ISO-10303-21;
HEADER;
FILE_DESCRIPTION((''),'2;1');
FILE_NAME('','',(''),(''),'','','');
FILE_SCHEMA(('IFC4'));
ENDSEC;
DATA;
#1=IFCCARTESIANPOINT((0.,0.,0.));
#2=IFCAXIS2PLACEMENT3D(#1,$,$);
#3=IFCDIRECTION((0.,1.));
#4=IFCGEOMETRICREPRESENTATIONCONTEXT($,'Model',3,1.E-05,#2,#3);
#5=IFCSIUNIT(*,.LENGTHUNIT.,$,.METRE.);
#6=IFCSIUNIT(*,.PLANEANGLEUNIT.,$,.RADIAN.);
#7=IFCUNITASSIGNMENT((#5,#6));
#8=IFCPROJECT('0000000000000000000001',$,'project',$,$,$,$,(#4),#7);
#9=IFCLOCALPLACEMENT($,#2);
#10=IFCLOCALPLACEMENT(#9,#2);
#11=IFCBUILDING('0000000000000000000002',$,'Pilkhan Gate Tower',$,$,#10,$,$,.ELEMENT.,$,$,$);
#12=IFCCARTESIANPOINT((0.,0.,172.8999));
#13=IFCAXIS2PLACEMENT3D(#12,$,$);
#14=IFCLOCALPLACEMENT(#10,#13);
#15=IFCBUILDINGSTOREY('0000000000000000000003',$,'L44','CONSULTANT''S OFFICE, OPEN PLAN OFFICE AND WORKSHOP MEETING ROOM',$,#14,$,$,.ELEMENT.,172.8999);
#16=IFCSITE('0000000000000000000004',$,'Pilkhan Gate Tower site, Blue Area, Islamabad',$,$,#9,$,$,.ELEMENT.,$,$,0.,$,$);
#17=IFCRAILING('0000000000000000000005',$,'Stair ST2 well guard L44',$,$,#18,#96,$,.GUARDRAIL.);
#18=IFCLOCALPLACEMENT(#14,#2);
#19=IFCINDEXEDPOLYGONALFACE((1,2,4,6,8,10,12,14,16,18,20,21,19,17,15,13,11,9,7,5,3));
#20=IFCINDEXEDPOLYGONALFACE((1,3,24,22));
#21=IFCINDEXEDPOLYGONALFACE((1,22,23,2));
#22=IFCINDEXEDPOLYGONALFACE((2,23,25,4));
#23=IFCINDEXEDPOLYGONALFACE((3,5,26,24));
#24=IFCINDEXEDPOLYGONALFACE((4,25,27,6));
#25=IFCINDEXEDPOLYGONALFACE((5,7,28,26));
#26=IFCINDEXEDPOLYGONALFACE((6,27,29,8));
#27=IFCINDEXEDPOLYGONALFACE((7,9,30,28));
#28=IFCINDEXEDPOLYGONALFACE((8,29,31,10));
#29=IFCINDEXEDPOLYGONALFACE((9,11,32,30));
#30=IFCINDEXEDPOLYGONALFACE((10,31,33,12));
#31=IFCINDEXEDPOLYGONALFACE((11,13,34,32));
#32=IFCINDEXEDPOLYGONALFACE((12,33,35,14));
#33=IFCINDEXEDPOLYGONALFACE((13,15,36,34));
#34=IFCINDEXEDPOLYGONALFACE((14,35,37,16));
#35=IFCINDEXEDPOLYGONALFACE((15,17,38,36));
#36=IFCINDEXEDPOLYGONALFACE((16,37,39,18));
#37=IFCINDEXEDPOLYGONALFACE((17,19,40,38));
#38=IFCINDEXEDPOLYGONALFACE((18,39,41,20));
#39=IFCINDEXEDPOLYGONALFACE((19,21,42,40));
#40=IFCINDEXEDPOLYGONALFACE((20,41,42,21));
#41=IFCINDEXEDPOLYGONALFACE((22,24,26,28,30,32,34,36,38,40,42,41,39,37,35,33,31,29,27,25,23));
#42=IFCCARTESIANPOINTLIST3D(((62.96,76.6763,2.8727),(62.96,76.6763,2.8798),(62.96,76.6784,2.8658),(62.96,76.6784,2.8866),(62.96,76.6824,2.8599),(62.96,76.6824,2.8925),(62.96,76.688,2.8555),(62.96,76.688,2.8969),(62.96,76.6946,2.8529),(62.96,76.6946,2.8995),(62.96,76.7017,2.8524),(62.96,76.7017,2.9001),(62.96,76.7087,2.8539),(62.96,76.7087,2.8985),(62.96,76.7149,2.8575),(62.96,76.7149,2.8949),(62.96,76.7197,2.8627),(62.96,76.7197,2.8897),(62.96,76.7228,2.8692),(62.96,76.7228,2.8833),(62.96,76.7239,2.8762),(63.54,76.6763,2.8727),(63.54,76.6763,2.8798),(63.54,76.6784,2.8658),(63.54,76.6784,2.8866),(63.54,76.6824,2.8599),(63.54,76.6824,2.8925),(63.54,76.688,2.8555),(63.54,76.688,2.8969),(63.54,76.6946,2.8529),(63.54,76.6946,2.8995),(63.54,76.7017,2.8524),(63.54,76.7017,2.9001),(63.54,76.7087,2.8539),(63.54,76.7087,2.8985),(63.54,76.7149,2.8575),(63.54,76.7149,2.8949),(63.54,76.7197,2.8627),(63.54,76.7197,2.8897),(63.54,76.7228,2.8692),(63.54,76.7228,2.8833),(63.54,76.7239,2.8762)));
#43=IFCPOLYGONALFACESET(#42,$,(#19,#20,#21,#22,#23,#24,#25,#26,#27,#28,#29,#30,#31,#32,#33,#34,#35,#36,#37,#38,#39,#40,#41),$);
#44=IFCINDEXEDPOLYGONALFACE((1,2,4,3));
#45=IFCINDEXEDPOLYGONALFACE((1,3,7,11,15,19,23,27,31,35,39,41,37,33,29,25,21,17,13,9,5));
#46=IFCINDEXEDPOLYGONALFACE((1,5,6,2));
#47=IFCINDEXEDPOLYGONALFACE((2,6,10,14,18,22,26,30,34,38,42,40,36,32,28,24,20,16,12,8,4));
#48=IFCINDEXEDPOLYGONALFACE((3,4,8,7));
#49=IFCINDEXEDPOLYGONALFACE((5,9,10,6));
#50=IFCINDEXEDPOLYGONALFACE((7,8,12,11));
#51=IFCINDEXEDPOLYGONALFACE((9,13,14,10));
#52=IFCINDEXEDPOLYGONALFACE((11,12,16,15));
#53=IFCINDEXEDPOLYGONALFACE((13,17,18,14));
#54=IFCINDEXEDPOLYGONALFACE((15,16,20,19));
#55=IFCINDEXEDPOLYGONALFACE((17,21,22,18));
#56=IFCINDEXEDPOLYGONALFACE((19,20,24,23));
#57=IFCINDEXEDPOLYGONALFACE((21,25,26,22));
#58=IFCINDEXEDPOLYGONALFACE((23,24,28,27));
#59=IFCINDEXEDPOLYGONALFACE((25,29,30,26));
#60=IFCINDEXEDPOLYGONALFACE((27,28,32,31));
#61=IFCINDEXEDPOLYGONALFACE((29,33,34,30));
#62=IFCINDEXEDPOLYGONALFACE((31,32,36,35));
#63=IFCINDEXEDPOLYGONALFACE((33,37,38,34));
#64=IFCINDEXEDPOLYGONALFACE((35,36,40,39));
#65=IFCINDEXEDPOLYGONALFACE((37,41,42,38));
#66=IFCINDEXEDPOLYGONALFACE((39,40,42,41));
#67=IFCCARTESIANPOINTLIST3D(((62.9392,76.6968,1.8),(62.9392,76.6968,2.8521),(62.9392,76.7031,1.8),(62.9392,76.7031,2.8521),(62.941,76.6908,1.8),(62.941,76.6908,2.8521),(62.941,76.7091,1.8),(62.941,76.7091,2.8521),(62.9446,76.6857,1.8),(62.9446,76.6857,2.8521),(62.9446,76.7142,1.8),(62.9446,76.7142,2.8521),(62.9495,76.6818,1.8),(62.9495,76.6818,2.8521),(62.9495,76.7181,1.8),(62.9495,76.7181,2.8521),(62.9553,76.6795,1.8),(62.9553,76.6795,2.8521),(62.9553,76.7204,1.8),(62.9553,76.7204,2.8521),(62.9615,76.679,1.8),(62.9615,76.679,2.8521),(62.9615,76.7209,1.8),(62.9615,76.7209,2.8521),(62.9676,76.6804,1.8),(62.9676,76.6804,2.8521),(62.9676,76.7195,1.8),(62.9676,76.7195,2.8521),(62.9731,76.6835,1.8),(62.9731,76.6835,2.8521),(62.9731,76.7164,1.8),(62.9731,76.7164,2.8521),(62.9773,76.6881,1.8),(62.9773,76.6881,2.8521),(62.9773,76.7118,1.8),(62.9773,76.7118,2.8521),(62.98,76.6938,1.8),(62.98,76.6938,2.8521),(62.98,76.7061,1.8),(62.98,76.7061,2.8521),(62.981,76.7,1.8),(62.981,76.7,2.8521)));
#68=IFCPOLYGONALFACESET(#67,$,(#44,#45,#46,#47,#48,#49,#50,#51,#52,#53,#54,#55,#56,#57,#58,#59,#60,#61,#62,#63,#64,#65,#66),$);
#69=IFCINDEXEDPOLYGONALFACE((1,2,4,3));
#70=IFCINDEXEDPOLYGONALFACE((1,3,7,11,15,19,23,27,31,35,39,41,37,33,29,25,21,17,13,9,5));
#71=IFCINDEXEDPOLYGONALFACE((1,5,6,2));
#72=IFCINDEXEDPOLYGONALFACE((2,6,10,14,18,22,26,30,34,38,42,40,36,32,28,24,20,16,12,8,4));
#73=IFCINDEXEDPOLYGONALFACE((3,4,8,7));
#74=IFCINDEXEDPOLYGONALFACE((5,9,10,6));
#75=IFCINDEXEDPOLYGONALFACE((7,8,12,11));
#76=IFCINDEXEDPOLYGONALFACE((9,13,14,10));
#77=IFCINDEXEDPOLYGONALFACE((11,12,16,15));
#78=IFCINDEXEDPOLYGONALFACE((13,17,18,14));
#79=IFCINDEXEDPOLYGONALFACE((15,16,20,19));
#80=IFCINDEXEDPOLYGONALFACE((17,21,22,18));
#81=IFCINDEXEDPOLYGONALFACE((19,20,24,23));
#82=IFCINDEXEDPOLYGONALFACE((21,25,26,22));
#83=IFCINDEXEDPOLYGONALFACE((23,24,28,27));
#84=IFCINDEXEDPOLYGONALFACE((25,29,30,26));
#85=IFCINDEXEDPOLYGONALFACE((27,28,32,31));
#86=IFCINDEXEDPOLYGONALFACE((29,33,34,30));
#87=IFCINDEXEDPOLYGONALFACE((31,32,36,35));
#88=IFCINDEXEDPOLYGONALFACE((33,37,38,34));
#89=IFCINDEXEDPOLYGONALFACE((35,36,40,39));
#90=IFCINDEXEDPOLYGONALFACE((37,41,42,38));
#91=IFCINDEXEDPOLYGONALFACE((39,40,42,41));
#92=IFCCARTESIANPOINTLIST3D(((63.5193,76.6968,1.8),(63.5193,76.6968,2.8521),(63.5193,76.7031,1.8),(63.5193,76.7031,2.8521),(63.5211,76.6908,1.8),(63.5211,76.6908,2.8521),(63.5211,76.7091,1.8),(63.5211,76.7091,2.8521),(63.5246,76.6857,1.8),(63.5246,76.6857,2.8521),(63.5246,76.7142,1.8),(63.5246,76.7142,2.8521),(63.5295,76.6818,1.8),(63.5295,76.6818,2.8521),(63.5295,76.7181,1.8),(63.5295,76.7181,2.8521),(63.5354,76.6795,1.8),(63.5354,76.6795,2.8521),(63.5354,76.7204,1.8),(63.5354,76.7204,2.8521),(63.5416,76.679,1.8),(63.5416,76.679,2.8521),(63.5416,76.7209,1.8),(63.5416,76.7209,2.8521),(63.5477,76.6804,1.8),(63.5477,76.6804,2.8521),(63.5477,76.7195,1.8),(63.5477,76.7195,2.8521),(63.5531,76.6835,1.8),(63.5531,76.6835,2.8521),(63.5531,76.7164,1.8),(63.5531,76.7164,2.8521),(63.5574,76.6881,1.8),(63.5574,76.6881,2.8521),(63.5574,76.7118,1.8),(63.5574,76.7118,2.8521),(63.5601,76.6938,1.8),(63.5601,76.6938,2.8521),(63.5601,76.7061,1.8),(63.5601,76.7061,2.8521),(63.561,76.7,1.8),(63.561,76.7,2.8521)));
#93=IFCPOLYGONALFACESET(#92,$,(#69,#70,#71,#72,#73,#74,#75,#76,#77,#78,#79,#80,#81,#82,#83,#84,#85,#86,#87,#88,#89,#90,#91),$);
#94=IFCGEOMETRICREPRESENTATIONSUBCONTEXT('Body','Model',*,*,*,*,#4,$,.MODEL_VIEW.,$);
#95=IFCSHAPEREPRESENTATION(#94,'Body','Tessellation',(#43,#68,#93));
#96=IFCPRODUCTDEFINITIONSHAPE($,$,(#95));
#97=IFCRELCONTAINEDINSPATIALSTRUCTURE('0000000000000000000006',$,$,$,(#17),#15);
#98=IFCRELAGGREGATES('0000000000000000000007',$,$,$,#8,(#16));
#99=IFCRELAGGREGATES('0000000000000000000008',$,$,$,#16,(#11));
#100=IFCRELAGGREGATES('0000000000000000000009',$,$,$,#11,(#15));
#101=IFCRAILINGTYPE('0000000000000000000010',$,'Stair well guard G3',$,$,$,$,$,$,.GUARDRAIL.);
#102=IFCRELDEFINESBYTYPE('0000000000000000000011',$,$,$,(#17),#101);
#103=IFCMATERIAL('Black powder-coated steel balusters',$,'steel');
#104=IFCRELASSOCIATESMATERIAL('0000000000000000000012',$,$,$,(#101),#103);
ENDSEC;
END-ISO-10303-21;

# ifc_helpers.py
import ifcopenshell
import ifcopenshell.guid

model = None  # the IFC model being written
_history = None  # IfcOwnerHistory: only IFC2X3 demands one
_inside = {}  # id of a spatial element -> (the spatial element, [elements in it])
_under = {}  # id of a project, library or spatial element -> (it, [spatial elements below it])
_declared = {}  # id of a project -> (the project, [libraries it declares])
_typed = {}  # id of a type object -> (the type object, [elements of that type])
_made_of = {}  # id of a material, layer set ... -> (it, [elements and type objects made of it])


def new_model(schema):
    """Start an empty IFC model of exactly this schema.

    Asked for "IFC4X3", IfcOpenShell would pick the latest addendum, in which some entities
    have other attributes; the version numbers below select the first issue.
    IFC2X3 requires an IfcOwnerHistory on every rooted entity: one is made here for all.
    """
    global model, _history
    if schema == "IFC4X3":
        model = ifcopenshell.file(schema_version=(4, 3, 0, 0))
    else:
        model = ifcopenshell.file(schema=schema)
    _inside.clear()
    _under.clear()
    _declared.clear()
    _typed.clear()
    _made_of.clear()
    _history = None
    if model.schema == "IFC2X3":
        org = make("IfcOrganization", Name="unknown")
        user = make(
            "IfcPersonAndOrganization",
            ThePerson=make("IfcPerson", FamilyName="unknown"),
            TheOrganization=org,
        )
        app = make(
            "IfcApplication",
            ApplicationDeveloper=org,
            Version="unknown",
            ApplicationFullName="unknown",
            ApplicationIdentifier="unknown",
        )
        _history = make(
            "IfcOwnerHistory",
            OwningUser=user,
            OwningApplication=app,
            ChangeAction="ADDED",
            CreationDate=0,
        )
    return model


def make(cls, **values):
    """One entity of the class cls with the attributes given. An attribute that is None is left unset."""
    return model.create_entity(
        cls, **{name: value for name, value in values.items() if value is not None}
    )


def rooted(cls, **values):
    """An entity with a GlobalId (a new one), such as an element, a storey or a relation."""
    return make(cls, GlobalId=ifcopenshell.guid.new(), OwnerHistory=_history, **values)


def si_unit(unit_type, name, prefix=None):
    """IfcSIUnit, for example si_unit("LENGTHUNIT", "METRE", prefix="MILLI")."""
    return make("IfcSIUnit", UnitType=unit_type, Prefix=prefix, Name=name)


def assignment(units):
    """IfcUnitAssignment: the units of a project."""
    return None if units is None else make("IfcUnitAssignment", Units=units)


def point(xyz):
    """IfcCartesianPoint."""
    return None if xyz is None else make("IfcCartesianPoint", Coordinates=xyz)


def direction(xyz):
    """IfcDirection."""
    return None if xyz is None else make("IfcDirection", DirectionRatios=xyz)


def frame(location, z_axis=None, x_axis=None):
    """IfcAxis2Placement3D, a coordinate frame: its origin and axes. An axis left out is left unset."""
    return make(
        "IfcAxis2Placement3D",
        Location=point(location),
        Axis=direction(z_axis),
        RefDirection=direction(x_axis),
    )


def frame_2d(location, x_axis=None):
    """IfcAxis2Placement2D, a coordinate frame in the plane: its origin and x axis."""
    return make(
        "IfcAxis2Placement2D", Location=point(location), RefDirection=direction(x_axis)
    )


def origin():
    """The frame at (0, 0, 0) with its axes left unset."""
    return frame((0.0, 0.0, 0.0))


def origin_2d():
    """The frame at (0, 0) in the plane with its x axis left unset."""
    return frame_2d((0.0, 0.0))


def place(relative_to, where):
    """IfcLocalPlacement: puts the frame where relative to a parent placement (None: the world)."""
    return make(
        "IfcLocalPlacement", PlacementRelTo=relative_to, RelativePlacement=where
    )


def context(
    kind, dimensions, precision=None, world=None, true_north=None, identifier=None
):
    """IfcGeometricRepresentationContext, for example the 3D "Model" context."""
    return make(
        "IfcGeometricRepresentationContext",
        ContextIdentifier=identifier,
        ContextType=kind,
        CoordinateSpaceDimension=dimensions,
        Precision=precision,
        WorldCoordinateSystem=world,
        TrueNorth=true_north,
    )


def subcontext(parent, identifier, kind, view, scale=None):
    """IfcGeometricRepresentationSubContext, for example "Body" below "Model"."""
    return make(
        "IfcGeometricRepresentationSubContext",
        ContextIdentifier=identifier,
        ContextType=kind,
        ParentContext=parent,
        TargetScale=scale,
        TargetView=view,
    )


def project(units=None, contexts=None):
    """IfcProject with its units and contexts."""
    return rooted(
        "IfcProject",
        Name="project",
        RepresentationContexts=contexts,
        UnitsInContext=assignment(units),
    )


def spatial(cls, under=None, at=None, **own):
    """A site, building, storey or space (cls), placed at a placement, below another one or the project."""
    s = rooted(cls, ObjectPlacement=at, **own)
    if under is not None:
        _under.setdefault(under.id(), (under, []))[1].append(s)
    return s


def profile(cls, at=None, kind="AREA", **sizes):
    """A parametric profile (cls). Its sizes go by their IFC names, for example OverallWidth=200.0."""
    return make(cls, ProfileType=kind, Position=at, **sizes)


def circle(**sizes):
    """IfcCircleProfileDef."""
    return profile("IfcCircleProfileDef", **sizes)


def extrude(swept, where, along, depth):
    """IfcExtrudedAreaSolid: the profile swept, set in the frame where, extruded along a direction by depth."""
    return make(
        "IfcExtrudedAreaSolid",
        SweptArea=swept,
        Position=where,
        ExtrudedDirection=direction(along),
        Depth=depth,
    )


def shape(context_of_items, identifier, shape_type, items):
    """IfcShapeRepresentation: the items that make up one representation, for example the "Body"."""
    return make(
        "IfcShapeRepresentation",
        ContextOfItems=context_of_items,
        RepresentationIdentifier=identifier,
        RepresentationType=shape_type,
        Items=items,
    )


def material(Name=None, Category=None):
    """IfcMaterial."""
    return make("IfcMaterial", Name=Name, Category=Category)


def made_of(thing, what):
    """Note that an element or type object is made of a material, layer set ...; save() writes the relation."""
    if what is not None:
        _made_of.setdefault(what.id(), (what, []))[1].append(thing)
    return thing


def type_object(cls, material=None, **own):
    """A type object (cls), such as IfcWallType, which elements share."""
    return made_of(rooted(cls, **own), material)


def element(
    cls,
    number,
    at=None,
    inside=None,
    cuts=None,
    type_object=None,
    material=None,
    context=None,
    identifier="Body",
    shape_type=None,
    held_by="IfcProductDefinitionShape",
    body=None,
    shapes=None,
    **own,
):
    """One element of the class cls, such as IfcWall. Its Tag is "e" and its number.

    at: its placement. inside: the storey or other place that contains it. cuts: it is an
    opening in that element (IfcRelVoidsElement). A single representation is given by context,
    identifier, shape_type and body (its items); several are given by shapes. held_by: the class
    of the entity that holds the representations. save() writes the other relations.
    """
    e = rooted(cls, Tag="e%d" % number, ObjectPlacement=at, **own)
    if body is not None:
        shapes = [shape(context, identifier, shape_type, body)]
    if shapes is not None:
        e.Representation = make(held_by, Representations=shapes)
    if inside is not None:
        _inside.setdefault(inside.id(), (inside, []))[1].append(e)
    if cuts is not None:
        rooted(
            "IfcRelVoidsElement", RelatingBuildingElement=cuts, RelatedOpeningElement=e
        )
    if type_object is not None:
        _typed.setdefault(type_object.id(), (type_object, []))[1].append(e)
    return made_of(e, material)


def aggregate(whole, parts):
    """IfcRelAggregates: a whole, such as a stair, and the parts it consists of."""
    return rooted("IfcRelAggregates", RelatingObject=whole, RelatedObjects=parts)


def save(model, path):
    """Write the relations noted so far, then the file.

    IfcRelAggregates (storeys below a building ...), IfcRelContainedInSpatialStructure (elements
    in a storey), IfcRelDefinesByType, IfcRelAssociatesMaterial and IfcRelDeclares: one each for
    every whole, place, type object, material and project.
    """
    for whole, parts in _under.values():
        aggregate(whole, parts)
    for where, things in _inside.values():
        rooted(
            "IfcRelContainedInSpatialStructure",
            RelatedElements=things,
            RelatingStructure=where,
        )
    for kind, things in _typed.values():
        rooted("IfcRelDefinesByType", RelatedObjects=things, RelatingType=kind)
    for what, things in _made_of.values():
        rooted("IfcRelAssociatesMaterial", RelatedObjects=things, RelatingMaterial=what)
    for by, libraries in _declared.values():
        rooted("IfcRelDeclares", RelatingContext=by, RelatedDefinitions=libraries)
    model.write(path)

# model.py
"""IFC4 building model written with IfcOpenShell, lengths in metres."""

from ifc_helpers import new_model, si_unit, direction, frame, origin, origin_2d, place, context, subcontext, project, spatial, circle, extrude, material, type_object, element, save


model = new_model("IFC4")

# Units and contexts
model_context = context("Model", 3, precision=1e-05, world=origin(), true_north=direction((0.0, 1.0)))
body_context = subcontext(model_context, "Body", "Model", "MODEL_VIEW")
ifc_project = project(units=[si_unit("LENGTHUNIT", "METRE"), si_unit("PLANEANGLEUNIT", "RADIAN")], contexts=[model_context])

# Site, building, storey
site_placement = place(None, origin())
site = spatial("IfcSite", under=ifc_project, at=site_placement, Name="Pilkhan Gate Tower site, Blue Area, Islamabad", CompositionType="ELEMENT", RefElevation=0.0)
building_placement = place(site_placement, origin())
building = spatial("IfcBuilding", under=site, at=building_placement, Name="Pilkhan Gate Tower", CompositionType="ELEMENT")
storey_placement = place(building_placement, frame((0.0, 0.0, 172.8999)))
storey = spatial("IfcBuildingStorey", under=building, at=storey_placement, Name="L44", Description="CONSULTANT'S OFFICE, OPEN PLAN OFFICE AND WORKSHOP MEETING ROOM", CompositionType="ELEMENT", Elevation=172.8999)

# Railing
ifc_material_1 = material(Name="Black powder-coated steel balusters", Category="steel")
railing_type_1 = type_object("IfcRailingType", Name="Stair well guard G3", PredefinedType="GUARDRAIL", material=ifc_material_1)
for number, where, name in (
    (1, (62.96, 76.7, 1.8), "Stair ST2 well guard L44"),
):
    element("IfcRailing", number, at=place(storey_placement, frame(where)), inside=storey, type_object=railing_type_1, Name=name, PredefinedType="GUARDRAIL", context=body_context, shape_type="SweptSolid", body=[
        extrude(circle(Radius=0.0239, at=origin_2d()), frame((0.0, 0.0, 1.0762), z_axis=(1.0, 0.0, 0.0), x_axis=(0.0, 1.0, 0.0)), (0.0, 0.0, 1.0), 0.5801),
        extrude(circle(Radius=0.021, at=origin_2d()), origin(), (0.0, 0.0, 1.0), 1.052),
        extrude(circle(Radius=0.021, at=origin_2d()), frame((0.5801, 0.0, 0.0)), (0.0, 0.0, 1.0), 1.052),
    ])

save(model, "model.ifc")
